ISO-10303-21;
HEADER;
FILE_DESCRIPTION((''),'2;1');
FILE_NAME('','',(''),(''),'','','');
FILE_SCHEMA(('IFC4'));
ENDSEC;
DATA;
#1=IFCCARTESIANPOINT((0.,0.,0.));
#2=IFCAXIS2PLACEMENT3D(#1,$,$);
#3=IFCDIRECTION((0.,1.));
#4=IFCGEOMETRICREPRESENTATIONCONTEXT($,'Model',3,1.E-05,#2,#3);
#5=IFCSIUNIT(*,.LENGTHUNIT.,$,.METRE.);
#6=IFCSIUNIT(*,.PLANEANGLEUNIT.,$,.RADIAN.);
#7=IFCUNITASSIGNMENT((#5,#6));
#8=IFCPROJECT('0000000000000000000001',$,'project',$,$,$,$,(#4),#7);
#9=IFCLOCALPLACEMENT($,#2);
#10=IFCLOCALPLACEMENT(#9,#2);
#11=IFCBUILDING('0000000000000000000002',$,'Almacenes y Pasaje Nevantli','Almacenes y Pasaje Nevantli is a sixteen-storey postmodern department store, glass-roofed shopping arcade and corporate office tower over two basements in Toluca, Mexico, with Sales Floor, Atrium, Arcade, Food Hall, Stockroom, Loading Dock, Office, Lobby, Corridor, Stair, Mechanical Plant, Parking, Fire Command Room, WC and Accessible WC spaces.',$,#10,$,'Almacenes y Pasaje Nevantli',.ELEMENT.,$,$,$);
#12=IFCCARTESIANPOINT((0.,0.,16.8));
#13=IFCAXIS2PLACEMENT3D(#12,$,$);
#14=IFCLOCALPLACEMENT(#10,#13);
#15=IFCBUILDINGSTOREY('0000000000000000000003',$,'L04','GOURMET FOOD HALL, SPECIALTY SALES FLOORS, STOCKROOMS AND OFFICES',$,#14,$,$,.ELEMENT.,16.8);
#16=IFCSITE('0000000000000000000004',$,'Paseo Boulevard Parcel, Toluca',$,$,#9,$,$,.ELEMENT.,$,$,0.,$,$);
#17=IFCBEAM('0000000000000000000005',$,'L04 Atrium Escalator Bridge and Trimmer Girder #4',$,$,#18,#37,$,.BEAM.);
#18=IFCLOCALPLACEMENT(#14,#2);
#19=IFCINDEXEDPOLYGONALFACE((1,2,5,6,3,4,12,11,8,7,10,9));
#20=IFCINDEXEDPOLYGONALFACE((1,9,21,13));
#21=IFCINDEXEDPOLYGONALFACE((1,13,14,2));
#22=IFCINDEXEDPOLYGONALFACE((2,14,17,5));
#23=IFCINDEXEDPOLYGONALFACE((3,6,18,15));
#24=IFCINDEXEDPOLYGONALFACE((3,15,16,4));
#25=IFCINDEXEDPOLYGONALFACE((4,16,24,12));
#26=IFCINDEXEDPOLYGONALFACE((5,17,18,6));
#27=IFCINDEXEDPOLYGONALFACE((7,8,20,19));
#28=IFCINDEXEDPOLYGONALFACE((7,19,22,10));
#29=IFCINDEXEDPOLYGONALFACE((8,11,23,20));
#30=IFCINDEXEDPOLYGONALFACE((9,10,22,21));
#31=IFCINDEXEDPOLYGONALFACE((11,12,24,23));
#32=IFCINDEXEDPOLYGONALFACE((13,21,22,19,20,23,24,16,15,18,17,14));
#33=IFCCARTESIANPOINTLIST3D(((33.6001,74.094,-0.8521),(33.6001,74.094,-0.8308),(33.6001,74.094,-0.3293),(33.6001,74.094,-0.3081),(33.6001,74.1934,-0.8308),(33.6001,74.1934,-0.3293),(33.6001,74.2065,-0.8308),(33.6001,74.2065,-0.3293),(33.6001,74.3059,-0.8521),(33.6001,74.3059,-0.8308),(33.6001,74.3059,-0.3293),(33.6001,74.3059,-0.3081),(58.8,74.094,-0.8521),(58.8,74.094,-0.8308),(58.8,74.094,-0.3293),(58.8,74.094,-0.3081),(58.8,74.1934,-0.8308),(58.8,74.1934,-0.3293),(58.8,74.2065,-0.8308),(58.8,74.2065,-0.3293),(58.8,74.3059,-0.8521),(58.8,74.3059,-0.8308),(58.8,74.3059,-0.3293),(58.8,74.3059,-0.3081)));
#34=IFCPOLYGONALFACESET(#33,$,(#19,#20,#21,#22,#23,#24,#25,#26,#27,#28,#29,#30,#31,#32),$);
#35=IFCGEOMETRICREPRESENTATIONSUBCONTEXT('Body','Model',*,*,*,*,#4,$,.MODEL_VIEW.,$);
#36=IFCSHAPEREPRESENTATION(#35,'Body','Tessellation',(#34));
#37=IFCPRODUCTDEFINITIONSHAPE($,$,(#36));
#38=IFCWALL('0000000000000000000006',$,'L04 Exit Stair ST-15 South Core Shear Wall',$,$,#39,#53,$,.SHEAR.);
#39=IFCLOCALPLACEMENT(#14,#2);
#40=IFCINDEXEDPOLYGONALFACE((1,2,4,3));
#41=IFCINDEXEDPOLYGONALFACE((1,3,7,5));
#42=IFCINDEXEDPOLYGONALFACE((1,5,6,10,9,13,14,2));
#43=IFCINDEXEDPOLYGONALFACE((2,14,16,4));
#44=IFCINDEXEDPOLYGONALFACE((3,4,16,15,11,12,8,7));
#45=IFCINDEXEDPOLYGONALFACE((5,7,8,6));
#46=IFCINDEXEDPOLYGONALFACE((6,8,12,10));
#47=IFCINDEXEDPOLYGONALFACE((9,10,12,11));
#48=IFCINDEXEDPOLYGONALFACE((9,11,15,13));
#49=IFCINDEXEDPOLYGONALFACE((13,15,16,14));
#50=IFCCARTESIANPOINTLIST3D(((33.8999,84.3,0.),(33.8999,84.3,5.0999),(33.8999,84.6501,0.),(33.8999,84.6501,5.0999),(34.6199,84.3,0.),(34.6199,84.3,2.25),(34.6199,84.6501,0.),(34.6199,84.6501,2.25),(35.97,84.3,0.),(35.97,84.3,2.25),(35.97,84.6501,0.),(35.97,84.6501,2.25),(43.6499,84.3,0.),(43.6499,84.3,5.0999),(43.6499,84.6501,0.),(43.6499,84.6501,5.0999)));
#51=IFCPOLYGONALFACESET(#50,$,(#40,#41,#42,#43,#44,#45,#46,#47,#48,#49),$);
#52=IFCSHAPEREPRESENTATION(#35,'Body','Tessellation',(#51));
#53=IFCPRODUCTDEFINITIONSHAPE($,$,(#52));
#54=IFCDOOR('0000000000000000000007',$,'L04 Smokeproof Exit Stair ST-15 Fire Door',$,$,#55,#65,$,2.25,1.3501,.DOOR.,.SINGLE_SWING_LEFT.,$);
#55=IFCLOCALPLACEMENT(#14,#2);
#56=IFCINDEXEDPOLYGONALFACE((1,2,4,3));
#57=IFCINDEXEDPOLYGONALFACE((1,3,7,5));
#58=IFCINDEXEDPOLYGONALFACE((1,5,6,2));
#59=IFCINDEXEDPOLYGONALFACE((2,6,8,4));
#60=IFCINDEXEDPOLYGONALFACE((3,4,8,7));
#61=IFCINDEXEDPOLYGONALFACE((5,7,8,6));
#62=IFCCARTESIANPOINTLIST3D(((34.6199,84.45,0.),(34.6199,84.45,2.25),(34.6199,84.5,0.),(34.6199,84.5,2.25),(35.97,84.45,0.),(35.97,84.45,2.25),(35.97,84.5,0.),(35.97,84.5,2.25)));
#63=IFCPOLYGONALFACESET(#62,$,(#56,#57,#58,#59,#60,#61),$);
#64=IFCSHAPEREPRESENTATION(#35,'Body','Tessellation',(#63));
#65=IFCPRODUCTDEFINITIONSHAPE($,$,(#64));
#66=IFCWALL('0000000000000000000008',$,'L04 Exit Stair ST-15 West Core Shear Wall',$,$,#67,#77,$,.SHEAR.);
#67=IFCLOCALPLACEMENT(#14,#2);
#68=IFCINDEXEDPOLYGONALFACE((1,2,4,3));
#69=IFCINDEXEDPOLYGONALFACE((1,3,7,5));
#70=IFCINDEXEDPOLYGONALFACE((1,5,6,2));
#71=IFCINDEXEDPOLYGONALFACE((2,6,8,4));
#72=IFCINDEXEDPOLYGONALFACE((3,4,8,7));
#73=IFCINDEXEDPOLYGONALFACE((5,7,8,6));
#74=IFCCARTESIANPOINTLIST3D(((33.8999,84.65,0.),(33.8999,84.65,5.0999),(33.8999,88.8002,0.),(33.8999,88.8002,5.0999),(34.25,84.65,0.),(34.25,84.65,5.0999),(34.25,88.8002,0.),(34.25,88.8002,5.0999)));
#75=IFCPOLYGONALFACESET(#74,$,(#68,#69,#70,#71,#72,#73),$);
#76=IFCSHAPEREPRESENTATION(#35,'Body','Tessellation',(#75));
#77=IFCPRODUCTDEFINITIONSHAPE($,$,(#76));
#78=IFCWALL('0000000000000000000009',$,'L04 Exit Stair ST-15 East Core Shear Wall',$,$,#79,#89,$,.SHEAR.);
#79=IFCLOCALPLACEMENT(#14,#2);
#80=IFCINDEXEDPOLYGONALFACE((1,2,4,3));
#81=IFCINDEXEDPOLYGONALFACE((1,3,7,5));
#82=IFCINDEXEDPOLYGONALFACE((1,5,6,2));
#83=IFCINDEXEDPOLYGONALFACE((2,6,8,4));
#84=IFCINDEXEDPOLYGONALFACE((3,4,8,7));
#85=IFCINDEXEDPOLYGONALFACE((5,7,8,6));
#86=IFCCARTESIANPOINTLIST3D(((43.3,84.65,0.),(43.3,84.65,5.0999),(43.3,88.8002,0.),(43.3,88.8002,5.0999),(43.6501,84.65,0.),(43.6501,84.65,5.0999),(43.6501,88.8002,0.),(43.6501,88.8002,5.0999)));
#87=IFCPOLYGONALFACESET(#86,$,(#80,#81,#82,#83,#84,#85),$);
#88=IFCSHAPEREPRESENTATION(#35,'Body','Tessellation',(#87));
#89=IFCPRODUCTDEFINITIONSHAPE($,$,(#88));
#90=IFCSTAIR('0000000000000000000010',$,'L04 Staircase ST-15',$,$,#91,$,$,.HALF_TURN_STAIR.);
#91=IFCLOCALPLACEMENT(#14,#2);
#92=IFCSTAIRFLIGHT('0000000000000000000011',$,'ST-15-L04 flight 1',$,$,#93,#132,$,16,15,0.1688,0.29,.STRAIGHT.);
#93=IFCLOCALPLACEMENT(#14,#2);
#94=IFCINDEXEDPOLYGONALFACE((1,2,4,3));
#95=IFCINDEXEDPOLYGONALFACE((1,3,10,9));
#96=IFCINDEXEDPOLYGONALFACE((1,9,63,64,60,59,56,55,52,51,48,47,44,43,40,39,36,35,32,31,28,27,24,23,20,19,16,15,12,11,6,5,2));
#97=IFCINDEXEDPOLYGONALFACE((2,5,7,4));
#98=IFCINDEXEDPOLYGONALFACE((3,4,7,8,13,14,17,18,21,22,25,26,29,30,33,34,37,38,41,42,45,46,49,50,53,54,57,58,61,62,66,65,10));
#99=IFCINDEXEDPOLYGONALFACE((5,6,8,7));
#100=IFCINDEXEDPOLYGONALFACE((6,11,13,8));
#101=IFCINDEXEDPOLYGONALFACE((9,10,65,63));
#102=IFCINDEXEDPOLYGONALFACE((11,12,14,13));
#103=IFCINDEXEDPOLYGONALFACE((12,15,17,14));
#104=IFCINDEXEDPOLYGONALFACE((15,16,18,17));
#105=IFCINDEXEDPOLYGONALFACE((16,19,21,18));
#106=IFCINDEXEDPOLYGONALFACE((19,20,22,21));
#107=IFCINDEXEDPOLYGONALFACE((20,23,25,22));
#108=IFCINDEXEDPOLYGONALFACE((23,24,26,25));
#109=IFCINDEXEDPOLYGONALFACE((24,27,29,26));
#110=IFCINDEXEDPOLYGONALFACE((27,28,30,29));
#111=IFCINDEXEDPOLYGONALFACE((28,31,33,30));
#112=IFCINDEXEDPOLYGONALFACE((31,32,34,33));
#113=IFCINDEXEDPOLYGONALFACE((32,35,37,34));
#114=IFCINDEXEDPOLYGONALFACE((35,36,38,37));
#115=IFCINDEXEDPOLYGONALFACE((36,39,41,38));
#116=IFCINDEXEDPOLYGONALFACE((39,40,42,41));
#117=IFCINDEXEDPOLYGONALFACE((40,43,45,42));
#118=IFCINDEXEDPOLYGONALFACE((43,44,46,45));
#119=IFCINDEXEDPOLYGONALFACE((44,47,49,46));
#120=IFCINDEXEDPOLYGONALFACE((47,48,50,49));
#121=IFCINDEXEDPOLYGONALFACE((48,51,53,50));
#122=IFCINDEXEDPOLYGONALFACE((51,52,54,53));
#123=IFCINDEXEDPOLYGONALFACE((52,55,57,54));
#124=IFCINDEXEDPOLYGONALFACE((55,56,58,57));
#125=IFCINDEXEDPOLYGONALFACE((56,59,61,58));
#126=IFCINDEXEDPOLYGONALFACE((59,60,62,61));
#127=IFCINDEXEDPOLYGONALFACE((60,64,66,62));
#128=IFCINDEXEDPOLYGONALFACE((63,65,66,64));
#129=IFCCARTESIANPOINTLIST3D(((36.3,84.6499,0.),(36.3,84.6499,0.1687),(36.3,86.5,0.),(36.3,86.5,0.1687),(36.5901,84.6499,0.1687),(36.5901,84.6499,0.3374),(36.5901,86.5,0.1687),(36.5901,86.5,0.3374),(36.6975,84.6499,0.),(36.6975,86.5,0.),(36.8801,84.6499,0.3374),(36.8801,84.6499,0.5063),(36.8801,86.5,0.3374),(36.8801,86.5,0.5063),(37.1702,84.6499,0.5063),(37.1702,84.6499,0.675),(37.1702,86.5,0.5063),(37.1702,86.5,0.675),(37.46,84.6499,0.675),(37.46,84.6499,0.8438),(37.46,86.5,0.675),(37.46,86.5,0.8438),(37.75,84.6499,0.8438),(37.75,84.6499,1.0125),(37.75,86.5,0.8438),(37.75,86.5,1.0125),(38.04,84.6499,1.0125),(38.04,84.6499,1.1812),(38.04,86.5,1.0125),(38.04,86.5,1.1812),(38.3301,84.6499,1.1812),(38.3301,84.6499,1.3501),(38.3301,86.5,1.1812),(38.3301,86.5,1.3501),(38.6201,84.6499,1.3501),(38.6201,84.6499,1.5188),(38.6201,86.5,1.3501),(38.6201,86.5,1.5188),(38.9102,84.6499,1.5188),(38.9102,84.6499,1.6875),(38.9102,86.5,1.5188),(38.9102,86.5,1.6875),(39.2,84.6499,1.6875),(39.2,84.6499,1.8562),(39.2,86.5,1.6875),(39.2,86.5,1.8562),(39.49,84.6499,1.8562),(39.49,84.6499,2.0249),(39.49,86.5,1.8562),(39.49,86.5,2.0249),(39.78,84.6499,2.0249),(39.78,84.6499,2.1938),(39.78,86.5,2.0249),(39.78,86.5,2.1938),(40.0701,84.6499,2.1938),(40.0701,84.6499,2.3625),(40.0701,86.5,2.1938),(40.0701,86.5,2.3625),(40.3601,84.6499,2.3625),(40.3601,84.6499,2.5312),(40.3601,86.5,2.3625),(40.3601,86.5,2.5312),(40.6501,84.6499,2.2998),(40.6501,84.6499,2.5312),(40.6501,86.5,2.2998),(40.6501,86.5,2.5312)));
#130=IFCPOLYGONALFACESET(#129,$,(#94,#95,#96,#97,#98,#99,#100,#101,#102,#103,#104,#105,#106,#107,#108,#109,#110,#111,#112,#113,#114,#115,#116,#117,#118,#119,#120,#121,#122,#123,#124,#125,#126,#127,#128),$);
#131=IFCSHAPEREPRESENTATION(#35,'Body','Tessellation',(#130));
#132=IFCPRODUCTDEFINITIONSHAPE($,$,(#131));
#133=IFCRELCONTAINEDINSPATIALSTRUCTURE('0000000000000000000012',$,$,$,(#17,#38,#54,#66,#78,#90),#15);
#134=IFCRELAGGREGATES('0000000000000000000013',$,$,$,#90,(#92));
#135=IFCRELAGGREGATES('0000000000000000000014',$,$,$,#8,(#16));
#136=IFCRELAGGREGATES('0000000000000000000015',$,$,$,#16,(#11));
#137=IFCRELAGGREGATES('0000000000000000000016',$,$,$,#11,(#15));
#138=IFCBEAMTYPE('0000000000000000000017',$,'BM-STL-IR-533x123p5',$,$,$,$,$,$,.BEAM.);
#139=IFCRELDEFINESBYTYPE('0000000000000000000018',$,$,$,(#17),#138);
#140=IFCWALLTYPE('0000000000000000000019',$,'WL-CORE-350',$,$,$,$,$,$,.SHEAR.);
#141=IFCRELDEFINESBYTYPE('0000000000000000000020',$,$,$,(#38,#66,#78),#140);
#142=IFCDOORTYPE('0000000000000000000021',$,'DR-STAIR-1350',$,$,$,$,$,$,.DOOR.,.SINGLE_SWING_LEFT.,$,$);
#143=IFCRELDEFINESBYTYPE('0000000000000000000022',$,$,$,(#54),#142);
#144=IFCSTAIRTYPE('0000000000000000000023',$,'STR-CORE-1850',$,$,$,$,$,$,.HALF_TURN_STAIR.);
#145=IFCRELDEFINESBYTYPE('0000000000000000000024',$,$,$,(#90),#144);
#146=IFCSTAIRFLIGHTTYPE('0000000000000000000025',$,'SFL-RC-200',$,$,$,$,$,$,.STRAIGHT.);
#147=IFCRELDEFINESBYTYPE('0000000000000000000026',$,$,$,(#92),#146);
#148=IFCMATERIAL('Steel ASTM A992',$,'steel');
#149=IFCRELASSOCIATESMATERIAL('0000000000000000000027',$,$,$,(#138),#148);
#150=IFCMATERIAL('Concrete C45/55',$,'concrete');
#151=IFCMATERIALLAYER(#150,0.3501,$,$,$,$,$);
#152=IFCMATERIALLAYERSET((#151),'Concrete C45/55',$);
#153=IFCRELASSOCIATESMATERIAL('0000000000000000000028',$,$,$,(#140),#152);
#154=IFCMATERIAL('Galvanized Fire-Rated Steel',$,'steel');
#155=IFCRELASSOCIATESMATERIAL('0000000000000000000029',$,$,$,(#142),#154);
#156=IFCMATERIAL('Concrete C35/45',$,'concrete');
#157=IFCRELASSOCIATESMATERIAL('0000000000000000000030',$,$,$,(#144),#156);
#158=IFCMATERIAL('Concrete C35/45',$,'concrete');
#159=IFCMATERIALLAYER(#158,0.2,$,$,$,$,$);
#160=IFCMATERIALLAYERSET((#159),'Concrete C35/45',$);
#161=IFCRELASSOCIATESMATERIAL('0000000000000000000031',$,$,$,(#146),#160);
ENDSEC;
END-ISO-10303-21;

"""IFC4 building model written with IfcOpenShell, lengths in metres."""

from ifc_helpers import new_model, si_unit, direction, frame, frame_2d, origin, origin_2d, place, context, subcontext, project, spatial, polyline, rectangle, i_section, outline, extrude, material, layer, layer_set, material_profile, profile_set, type_object, element, fill, aggregate, save


model = new_model("IFC4")

# Units and contexts
model_context = context("Model", 3, precision=1e-05, world=origin(), true_north=direction((0.0, 1.0)))
body_context = subcontext(model_context, "Body", "Model", "MODEL_VIEW")
ifc_project = project(units=[si_unit("LENGTHUNIT", "METRE"), si_unit("PLANEANGLEUNIT", "RADIAN")], contexts=[model_context])

# Site, building, storey
site_placement = place(None, origin())
site = spatial("IfcSite", under=ifc_project, at=site_placement, Name="Paseo Boulevard Parcel, Toluca", CompositionType="ELEMENT", RefElevation=0.0)
building_placement = place(site_placement, origin())
building = spatial("IfcBuilding", under=site, at=building_placement, Name="Almacenes y Pasaje Nevantli", Description="Almacenes y Pasaje Nevantli is a sixteen-storey postmodern department store, glass-roofed shopping arcade and corporate office tower over two basements in Toluca, Mexico, with Sales Floor, Atrium, Arcade, Food Hall, Stockroom, Loading Dock, Office, Lobby, Corridor, Stair, Mechanical Plant, Parking, Fire Command Room, WC and Accessible WC spaces.", LongName="Almacenes y Pasaje Nevantli", CompositionType="ELEMENT")
storey_placement = place(building_placement, frame((0.0, 0.0, 16.8)))
storey = spatial("IfcBuildingStorey", under=building, at=storey_placement, Name="L04", Description="GOURMET FOOD HALL, SPECIALTY SALES FLOORS, STOCKROOMS AND OFFICES", CompositionType="ELEMENT", Elevation=16.8)

# Beam
ifc_material_1 = material(Name="Steel ASTM A992", Category="steel")
ifc_material_profile_1 = material_profile(ifc_material_1, i_section(OverallWidth=0.2119, OverallDepth=0.5439, WebThickness=0.0132, FlangeThickness=0.0212, at=origin_2d()), Name="IR 533x123.5")
ifc_profile_set_1 = profile_set([ifc_material_profile_1], Name="Steel ASTM A992")
beam_type_1 = type_object("IfcBeamType", Name="BM-STL-IR-533x123p5", PredefinedType="BEAM", material=ifc_profile_set_1)
beam_1_placement = place(storey_placement, frame((33.6001, 74.2, -0.5801), z_axis=(1.0, 0.0, 0.0), x_axis=(0.0, 1.0, 0.0)))
element("IfcBeam", 1, at=beam_1_placement, inside=storey, type_object=beam_type_1, Name="L04 Atrium Escalator Bridge and Trimmer Girder #4", PredefinedType="BEAM", context=body_context, shape_type="SweptSolid", body=[
    extrude(i_section(OverallWidth=0.2119, OverallDepth=0.5439, WebThickness=0.0132, FlangeThickness=0.0212, at=origin_2d()), origin(), (0.0, 0.0, 1.0), 25.2),
])

# Wall, opening, door
ifc_material_2 = material(Name="Concrete C45/55", Category="concrete")
ifc_layer_1 = layer(ifc_material_2, 0.3501)
ifc_layer_set_1 = layer_set([ifc_layer_1], Name="Concrete C45/55")
wall_type = type_object("IfcWallType", Name="WL-CORE-350", PredefinedType="SHEAR", material=ifc_layer_set_1)
wall_placement = place(storey_placement, frame((33.8999, 84.4751, 0.0), z_axis=(0.0, 0.0, 1.0), x_axis=(1.0, 0.0, 0.0)))
wall = element("IfcWall", 2, at=wall_placement, inside=storey, type_object=wall_type, Name="L04 Exit Stair ST-15 South Core Shear Wall", PredefinedType="SHEAR", context=body_context, shape_type="SweptSolid", body=[
    extrude(rectangle(XDim=9.75, YDim=0.3501, at=frame_2d((4.875, 0.0))), origin(), (0.0, 0.0, 1.0), 5.0999),
])
opening_placement = place(wall_placement, frame((0.72, 0.0, 0.0)))
opening = element("IfcOpeningElement", 3, at=opening_placement, cuts=wall, PredefinedType="OPENING", context=body_context, shape_type="SweptSolid", body=[
    extrude(rectangle(XDim=1.3501, YDim=2.25, at=frame_2d((0.675, 1.125))), frame((0.0, 0.1851, 0.0), z_axis=(0.0, -1.0, 0.0), x_axis=(1.0, 0.0, 0.0)), (0.0, 0.0, 1.0), 0.3701),
])
ifc_material_3 = material(Name="Galvanized Fire-Rated Steel", Category="steel")
door_type = type_object("IfcDoorType", Name="DR-STAIR-1350", OperationType="SINGLE_SWING_LEFT", PredefinedType="DOOR", material=ifc_material_3)
door_placement = place(opening_placement, origin())
door = element("IfcDoor", 4, at=door_placement, inside=storey, type_object=door_type, Name="L04 Smokeproof Exit Stair ST-15 Fire Door", OperationType="SINGLE_SWING_LEFT", OverallHeight=2.25, OverallWidth=1.3501, PredefinedType="DOOR", context=body_context, shape_type="SweptSolid", body=[
    extrude(rectangle(XDim=1.3501, YDim=2.25, at=frame_2d((0.675, 1.125))), frame((0.0, 0.0249, 0.0), z_axis=(0.0, -1.0, 0.0), x_axis=(1.0, 0.0, 0.0)), (0.0, 0.0, 1.0), 0.05),
])
fill(opening, door)

# Walls
for number, where, z_axis, x_axis, name in (
    (5, (34.075, 84.6499, 0.0), (0.0, 0.0, 1.0), (0.0, 1.0, 0.0), "L04 Exit Stair ST-15 West Core Shear Wall"),
    (6, (43.4751, 84.6499, 0.0), (0.0, 0.0, 1.0), (0.0, 1.0, 0.0), "L04 Exit Stair ST-15 East Core Shear Wall"),
):
    element("IfcWall", number, at=place(storey_placement, frame(where, z_axis=z_axis, x_axis=x_axis)), inside=storey, type_object=wall_type, Name=name, PredefinedType="SHEAR", context=body_context, shape_type="SweptSolid", body=[
        extrude(rectangle(XDim=4.1501, YDim=0.3501, at=frame_2d((2.0752, 0.0))), origin(), (0.0, 0.0, 1.0), 5.0999),
    ])

# Stair, stair flight
ifc_material_4 = material(Name="Concrete C35/45", Category="concrete")
stair_type = type_object("IfcStairType", Name="STR-CORE-1850", PredefinedType="HALF_TURN_STAIR", material=ifc_material_4)
stair_placement = place(storey_placement, origin())
stair = element("IfcStair", 7, at=stair_placement, inside=storey, type_object=stair_type, Name="L04 Staircase ST-15", PredefinedType="HALF_TURN_STAIR")
ifc_material_5 = material(Name="Concrete C35/45", Category="concrete")
ifc_layer_2 = layer(ifc_material_5, 0.2)
ifc_layer_set_2 = layer_set([ifc_layer_2], Name="Concrete C35/45")
stair_flight_type = type_object("IfcStairFlightType", Name="SFL-RC-200", PredefinedType="STRAIGHT", material=ifc_layer_set_2)
stair_flight_placement = place(storey_placement, frame((36.3, 85.575, 0.0), z_axis=(0.0, 0.0, 1.0), x_axis=(1.0, 0.0, 0.0)))
stair_flight = element("IfcStairFlight", 8, at=stair_flight_placement, type_object=stair_flight_type, Name="ST-15-L04 flight 1", NumberOfRisers=16, NumberOfTreads=15, PredefinedType="STRAIGHT", RiserHeight=0.1688, TreadLength=0.29, context=body_context, shape_type="SweptSolid", body=[
    extrude(outline(polyline([(0.0, 0.0), (0.0, 0.1687), (0.29, 0.1687), (0.29, 0.3374), (0.5801, 0.3374), (0.5801, 0.5063), (0.8701, 0.5063), (0.8701, 0.675), (1.1599, 0.675), (1.1599, 0.8438), (1.45, 0.8438), (1.45, 1.0125), (1.74, 1.0125), (1.74, 1.1812), (2.03, 1.1812), (2.03, 1.3501), (2.3201, 1.3501), (2.3201, 1.5188), (2.6101, 1.5188), (2.6101, 1.6875), (2.8999, 1.6875), (2.8999, 1.8562), (3.1899, 1.8562), (3.1899, 2.0249), (3.48, 2.0249), (3.48, 2.1938), (3.77, 2.1938), (3.77, 2.3625), (4.0601, 2.3625), (4.0601, 2.5312), (4.3501, 2.5312), (4.3501, 2.7), (4.3501, 2.2998), (0.3975, 0.0), (0.0, 0.0)])), frame((0.0, 0.925, 0.0), z_axis=(0.0, -1.0, 0.0), x_axis=(1.0, 0.0, 0.0)), (0.0, 0.0, 1.0), 1.8501),
])
aggregate(stair, [stair_flight])

save(model, "model.ifc")
